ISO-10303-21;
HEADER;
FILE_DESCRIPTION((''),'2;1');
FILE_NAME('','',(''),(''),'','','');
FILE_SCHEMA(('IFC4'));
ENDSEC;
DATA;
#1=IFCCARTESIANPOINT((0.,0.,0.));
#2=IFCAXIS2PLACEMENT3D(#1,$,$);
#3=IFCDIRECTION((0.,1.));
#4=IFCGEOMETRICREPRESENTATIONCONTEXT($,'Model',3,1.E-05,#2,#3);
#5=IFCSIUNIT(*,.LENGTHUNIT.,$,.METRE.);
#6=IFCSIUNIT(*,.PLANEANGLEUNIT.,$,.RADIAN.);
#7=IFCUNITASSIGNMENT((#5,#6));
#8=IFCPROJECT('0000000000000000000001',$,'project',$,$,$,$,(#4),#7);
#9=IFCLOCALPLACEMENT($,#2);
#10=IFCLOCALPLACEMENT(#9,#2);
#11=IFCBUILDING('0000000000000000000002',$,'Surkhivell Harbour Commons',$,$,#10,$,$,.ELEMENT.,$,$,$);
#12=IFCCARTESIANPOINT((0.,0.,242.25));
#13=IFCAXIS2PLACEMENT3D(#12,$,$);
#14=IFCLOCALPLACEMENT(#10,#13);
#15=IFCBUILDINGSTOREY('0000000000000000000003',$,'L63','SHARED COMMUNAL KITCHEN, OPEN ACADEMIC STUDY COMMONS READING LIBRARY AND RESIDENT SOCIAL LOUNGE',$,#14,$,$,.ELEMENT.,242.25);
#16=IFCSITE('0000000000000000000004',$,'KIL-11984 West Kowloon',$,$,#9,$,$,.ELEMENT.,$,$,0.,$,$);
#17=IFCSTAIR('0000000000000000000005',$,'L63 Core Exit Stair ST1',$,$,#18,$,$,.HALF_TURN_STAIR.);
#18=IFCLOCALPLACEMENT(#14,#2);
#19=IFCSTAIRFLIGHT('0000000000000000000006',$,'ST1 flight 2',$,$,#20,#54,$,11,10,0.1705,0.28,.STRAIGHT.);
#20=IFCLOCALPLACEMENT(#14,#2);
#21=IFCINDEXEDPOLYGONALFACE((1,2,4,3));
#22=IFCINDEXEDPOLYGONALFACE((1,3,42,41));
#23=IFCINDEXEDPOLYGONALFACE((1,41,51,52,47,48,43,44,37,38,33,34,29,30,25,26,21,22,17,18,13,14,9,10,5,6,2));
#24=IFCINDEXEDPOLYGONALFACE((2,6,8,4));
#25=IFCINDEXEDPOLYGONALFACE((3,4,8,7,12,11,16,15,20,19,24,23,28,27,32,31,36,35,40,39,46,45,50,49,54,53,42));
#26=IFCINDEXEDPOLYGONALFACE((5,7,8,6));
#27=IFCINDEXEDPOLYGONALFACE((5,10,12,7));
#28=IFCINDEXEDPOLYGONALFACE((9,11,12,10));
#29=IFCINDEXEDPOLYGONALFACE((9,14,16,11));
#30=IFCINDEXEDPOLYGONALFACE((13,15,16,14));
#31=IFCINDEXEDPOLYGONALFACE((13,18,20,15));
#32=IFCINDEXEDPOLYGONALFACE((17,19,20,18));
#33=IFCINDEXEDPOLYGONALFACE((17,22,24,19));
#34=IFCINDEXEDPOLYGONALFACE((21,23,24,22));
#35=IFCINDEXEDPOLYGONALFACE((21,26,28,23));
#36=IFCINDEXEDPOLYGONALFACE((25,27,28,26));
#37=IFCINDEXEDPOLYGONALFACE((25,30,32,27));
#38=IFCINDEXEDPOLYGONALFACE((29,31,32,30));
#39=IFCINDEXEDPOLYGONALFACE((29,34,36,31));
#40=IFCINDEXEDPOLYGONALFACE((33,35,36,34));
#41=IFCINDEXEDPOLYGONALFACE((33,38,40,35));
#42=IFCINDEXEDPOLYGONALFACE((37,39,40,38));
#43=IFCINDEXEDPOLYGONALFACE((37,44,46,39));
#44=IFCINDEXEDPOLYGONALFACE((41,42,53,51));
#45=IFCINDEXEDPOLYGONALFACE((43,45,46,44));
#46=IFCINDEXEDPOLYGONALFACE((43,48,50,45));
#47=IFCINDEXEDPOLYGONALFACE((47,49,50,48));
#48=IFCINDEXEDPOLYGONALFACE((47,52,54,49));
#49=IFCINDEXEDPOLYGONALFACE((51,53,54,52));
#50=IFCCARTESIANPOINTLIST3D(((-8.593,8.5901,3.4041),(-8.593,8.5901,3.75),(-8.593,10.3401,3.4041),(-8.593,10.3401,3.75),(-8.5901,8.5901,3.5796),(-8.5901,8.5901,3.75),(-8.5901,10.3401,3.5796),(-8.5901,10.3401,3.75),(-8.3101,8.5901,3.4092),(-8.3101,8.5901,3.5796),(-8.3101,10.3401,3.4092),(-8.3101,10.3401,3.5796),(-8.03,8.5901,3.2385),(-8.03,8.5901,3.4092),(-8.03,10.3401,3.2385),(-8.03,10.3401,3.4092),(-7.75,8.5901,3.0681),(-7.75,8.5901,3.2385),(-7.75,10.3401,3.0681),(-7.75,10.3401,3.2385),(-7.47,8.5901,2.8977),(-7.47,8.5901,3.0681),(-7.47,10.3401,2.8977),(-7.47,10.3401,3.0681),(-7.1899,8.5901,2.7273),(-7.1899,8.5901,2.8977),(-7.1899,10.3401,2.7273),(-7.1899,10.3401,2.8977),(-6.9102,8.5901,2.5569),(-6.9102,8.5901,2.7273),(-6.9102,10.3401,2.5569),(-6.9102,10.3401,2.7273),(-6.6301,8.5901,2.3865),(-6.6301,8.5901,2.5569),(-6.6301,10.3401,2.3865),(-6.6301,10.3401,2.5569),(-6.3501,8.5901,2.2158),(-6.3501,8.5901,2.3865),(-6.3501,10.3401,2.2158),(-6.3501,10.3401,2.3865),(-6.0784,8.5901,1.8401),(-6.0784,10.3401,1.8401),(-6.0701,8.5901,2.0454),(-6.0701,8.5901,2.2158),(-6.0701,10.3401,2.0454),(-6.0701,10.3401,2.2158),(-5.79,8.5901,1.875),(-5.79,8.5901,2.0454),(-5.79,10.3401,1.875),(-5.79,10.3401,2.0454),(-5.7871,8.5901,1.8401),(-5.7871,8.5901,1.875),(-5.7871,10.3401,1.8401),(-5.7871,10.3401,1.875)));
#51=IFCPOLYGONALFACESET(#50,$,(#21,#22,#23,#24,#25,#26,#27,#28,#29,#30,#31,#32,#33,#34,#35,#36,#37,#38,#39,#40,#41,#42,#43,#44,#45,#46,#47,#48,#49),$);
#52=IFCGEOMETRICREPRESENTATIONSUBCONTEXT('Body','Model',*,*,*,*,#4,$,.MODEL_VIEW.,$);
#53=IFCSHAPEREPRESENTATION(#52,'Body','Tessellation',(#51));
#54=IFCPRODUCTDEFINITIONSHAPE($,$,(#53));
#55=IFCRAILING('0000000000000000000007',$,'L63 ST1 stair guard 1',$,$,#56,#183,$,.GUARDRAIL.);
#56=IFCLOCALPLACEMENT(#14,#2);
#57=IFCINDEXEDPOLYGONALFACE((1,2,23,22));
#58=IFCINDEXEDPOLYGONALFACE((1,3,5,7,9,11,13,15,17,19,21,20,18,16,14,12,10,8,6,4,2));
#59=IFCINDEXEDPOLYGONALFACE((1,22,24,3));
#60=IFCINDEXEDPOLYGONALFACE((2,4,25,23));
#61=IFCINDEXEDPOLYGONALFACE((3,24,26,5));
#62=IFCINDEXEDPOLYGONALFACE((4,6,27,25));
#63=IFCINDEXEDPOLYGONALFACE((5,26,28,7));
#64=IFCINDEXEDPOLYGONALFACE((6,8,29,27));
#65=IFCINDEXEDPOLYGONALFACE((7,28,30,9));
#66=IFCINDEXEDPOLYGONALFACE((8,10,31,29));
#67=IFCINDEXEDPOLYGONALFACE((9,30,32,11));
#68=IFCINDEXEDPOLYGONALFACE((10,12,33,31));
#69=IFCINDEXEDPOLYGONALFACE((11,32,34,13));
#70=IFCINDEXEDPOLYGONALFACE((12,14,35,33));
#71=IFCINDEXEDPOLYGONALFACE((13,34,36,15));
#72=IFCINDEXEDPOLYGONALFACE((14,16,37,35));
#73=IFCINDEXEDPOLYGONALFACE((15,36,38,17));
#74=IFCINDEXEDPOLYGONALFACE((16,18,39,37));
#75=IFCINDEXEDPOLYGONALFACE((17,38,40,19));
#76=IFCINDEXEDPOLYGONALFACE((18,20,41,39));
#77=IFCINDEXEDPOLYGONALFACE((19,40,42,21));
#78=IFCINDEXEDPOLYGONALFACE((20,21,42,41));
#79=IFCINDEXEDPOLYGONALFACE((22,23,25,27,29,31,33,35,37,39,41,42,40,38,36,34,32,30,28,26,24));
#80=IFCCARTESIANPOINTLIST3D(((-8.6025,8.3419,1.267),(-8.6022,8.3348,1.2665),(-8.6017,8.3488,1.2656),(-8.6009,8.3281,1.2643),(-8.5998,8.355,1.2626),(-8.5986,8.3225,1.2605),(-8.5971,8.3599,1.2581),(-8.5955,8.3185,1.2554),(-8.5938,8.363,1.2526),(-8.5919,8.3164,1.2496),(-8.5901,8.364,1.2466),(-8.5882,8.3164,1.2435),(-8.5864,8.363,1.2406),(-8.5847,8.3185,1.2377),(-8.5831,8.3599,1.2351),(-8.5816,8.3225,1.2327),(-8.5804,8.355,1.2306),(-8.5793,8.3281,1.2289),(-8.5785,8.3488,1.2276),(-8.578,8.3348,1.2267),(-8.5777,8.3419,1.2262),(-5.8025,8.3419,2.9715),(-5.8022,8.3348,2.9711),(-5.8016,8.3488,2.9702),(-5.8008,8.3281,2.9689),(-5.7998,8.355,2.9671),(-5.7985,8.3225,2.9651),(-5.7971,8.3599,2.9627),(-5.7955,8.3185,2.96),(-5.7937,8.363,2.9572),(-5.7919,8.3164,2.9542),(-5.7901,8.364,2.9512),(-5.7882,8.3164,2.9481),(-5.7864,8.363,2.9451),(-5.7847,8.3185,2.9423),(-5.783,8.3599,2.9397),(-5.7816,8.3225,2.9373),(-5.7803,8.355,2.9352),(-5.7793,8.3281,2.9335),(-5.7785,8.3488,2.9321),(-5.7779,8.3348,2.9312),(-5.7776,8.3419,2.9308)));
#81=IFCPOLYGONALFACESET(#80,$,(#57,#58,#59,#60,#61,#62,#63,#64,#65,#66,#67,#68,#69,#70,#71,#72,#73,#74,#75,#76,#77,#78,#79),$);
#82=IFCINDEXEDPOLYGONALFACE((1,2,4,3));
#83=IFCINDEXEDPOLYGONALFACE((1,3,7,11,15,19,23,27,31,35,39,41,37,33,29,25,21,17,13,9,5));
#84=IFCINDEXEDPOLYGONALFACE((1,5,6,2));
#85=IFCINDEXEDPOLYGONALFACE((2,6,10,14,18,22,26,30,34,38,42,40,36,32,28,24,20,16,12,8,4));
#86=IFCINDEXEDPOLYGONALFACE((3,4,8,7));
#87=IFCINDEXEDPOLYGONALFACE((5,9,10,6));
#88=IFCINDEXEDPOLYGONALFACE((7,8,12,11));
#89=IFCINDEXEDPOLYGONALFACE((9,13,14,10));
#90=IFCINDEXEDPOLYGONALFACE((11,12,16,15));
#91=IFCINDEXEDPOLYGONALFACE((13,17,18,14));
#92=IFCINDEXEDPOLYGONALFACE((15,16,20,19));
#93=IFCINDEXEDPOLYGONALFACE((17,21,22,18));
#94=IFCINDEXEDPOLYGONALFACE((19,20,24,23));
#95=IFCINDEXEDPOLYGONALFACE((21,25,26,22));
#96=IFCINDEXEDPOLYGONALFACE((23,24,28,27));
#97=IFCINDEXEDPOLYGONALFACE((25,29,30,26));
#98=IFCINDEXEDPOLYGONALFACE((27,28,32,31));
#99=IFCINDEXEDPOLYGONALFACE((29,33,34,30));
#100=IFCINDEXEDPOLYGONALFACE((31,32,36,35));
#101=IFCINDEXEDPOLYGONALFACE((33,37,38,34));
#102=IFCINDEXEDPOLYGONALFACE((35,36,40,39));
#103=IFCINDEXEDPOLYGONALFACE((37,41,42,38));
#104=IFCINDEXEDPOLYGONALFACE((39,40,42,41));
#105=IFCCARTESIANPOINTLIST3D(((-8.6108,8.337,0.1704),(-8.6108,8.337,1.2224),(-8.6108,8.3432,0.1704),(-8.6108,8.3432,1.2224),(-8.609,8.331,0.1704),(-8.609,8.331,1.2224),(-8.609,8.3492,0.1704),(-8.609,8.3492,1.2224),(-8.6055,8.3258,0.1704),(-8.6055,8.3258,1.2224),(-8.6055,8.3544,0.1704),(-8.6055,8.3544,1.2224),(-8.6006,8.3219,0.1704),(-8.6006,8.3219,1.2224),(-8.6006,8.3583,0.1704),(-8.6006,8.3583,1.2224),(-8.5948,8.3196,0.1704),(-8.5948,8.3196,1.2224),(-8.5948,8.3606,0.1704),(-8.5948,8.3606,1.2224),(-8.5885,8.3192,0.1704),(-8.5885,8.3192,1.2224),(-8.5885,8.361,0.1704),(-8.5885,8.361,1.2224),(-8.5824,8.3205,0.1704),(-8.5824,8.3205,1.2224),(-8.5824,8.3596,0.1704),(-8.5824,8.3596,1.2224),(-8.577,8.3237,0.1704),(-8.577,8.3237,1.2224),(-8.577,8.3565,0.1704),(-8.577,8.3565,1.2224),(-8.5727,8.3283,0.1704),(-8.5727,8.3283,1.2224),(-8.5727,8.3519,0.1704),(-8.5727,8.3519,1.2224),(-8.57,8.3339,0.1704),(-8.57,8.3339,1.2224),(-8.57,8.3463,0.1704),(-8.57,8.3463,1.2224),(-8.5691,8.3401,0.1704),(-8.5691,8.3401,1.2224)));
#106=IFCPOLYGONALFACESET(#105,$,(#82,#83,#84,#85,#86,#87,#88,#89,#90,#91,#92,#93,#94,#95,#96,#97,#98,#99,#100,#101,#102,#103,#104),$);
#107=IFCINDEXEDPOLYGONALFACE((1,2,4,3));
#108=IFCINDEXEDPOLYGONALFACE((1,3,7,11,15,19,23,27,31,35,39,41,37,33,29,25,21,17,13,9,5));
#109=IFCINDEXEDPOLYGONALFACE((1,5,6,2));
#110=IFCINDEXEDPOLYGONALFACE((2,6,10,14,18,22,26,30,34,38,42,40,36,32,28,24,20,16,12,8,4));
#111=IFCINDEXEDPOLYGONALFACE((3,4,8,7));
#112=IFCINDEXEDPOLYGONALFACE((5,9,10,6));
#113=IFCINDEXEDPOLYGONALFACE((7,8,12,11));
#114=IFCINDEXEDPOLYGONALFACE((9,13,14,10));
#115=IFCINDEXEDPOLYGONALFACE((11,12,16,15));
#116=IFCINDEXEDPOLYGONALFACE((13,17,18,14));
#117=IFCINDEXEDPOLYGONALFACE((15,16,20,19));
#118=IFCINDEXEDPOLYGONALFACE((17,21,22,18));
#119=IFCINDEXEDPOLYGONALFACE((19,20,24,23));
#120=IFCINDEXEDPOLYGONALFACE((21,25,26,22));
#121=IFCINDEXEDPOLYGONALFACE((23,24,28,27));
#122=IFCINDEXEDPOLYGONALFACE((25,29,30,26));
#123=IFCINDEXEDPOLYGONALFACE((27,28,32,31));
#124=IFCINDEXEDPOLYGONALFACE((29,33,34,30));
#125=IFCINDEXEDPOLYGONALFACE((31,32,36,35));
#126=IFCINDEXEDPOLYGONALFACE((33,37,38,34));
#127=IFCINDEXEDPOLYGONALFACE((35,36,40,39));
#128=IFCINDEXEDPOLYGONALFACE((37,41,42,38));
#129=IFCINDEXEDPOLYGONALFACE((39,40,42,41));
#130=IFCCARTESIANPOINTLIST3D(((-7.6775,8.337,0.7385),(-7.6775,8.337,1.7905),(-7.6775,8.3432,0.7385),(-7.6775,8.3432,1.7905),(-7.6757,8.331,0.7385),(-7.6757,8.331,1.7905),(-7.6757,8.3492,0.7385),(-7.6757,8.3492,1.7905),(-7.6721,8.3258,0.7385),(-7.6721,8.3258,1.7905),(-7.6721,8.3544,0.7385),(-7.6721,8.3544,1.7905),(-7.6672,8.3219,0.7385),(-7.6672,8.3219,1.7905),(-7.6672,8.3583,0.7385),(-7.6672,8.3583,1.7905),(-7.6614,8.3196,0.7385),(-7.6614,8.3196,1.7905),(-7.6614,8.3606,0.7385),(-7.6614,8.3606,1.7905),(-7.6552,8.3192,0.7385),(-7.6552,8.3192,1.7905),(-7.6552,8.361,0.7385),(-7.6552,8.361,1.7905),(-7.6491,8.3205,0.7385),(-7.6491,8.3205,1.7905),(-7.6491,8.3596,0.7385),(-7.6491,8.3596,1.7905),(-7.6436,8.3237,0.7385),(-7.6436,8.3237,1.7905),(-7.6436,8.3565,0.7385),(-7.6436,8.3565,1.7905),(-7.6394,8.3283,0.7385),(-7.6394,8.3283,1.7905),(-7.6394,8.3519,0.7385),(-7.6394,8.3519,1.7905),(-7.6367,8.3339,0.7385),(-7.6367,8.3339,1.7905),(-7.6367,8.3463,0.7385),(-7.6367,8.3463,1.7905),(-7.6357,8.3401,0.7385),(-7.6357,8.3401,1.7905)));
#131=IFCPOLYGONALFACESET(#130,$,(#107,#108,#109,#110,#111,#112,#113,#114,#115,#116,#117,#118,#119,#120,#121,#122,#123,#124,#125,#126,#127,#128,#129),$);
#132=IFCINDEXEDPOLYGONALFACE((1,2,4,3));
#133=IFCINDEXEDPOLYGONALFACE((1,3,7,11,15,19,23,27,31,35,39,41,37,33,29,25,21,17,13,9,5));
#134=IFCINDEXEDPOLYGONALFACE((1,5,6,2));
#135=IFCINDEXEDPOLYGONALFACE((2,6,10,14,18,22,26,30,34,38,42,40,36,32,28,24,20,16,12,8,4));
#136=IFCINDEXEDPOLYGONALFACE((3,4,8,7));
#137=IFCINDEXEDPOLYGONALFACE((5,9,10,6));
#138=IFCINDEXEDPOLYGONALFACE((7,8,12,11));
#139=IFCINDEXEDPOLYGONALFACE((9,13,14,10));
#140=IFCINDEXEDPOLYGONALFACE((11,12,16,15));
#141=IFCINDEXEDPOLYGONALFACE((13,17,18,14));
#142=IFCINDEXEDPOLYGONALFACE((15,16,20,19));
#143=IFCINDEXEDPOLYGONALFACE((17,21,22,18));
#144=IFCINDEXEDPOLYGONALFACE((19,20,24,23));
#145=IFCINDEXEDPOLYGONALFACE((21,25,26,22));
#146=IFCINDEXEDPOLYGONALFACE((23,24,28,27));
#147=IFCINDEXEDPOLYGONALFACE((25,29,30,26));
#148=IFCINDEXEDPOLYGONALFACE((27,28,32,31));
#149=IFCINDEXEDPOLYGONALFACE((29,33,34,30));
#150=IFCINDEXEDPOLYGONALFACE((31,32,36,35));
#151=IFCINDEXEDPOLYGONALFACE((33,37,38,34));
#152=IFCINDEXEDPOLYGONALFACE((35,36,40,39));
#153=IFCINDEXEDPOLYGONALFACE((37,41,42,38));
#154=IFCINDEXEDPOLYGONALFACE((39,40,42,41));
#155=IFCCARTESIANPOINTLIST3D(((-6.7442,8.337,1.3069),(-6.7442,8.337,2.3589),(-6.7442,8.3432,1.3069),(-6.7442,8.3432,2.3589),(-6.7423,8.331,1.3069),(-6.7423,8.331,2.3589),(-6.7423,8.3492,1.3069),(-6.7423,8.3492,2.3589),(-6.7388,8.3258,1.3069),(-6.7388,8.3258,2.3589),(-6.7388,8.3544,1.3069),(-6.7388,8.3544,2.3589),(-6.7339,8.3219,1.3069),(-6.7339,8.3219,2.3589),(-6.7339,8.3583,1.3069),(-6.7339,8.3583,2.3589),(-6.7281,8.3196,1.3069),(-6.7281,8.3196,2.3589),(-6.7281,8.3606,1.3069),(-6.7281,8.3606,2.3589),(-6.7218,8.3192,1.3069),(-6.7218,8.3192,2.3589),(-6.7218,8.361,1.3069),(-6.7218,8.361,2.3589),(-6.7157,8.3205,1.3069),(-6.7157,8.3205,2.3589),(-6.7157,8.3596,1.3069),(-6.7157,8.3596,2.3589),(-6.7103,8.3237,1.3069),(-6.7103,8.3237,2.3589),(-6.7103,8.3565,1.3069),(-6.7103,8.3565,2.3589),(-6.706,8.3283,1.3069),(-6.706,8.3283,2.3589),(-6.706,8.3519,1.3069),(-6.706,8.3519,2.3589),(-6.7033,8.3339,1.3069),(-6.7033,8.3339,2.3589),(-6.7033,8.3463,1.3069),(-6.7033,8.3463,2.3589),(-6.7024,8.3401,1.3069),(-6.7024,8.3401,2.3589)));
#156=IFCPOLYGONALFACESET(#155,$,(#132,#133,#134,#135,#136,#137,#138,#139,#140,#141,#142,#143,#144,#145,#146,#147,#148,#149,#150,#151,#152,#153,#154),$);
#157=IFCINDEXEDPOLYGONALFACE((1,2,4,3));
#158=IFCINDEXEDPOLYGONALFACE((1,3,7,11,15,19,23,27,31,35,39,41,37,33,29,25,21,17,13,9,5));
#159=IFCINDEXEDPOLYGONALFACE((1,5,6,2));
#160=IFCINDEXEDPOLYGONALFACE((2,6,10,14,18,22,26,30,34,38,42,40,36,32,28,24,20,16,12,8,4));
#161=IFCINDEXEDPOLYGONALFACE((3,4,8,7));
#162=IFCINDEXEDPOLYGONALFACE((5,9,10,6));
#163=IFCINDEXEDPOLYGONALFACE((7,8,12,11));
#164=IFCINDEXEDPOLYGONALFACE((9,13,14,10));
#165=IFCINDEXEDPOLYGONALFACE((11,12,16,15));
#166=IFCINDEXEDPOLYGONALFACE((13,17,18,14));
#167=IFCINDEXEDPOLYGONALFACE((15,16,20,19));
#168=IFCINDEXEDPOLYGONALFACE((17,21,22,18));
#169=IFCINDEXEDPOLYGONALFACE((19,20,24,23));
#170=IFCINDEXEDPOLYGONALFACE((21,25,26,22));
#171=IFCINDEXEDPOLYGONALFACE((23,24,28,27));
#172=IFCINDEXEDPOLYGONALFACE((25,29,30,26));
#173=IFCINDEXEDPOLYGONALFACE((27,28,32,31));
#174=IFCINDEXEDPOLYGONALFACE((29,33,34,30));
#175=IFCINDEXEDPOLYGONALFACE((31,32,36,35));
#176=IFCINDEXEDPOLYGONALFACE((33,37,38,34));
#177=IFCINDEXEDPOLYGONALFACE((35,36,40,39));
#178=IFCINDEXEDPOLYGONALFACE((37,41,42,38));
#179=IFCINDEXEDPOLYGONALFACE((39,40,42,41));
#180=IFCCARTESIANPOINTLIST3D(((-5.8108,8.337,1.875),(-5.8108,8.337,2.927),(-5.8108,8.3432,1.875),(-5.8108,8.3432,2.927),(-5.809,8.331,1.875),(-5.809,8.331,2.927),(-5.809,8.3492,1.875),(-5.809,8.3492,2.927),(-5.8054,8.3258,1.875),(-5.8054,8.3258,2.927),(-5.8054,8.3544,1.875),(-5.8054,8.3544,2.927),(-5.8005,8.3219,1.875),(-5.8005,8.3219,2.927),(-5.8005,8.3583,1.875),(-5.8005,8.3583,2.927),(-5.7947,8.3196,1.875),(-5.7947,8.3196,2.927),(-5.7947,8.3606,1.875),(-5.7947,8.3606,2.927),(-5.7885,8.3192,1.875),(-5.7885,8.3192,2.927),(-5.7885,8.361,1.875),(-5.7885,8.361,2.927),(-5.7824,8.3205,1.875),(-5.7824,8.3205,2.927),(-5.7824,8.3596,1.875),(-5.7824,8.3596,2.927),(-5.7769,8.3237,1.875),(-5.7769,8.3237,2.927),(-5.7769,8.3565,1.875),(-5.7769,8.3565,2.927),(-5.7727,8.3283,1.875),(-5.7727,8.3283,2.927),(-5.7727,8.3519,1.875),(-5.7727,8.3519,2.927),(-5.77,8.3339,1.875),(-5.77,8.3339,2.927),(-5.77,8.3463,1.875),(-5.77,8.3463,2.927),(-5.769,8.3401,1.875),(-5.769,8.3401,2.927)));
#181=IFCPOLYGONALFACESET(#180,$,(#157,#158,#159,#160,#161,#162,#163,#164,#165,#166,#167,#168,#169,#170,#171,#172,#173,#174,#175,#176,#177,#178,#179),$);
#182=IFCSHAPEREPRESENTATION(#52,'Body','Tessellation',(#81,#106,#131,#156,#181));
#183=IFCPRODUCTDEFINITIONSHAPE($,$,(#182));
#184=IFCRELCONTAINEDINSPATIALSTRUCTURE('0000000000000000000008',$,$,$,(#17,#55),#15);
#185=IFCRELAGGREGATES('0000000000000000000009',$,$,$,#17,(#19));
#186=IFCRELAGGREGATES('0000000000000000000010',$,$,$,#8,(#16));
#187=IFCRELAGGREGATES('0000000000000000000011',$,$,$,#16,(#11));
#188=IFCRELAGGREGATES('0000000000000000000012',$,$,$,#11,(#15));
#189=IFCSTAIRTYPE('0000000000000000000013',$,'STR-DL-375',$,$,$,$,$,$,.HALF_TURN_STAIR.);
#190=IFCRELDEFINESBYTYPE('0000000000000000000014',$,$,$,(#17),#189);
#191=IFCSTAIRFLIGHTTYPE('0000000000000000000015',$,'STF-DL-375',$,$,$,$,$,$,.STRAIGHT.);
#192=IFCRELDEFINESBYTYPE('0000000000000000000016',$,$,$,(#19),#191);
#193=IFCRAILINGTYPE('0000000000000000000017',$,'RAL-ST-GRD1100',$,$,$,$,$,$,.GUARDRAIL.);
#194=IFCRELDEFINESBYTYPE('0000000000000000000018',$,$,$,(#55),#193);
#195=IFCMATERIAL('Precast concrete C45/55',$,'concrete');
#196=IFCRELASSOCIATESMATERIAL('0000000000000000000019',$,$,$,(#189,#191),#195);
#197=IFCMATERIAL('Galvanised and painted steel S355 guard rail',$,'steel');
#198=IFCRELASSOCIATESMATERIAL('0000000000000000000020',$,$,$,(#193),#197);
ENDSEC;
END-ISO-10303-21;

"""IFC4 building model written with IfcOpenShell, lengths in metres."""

from ifc_helpers import new_model, si_unit, direction, frame, origin, origin_2d, place, context, subcontext, project, spatial, polyline, circle, outline, extrude, material, type_object, element, aggregate, save


model = new_model("IFC4")

# Units and contexts
model_context = context("Model", 3, precision=1e-05, world=origin(), true_north=direction((0.0, 1.0)))
body_context = subcontext(model_context, "Body", "Model", "MODEL_VIEW")
ifc_project = project(units=[si_unit("LENGTHUNIT", "METRE"), si_unit("PLANEANGLEUNIT", "RADIAN")], contexts=[model_context])

# Site, building, storey
site_placement = place(None, origin())
site = spatial("IfcSite", under=ifc_project, at=site_placement, Name="KIL-11984 West Kowloon", CompositionType="ELEMENT", RefElevation=0.0)
building_placement = place(site_placement, origin())
building = spatial("IfcBuilding", under=site, at=building_placement, Name="Surkhivell Harbour Commons", CompositionType="ELEMENT")
storey_placement = place(building_placement, frame((0.0, 0.0, 242.25)))
storey = spatial("IfcBuildingStorey", under=building, at=storey_placement, Name="L63", Description="SHARED COMMUNAL KITCHEN, OPEN ACADEMIC STUDY COMMONS READING LIBRARY AND RESIDENT SOCIAL LOUNGE", CompositionType="ELEMENT", Elevation=242.25)

# Stair, stair flight
ifc_material_1 = material(Name="Precast concrete C45/55", Category="concrete")
stair_type = type_object("IfcStairType", Name="STR-DL-375", PredefinedType="HALF_TURN_STAIR", material=ifc_material_1)
stair_placement = place(storey_placement, origin())
stair = element("IfcStair", 1, at=stair_placement, inside=storey, type_object=stair_type, Name="L63 Core Exit Stair ST1", PredefinedType="HALF_TURN_STAIR")
stair_flight_type = type_object("IfcStairFlightType", Name="STF-DL-375", PredefinedType="STRAIGHT", material=ifc_material_1)
stair_flight_1_placement = place(storey_placement, frame((-5.79, 9.4651, 1.875), z_axis=(0.0, 0.0, 1.0), x_axis=(-1.0, 0.0, 0.0)))
stair_flight_1 = element("IfcStairFlight", 2, at=stair_flight_1_placement, type_object=stair_flight_type, Name="ST1 flight 2", NumberOfRisers=11, NumberOfTreads=10, PredefinedType="STRAIGHT", RiserHeight=0.1705, TreadLength=0.28, context=body_context, shape_type="SweptSolid", body=[
    extrude(outline(polyline([(-0.0029, -0.0349), (-0.0029, 0.0), (0.0, 0.0), (0.0, 0.1704), (0.28, 0.1704), (0.28, 0.3408), (0.5601, 0.3408), (0.5601, 0.5115), (0.8401, 0.5115), (0.8401, 0.6819), (1.1201, 0.6819), (1.1201, 0.8523), (1.3999, 0.8523), (1.3999, 1.0227), (1.6799, 1.0227), (1.6799, 1.1931), (1.96, 1.1931), (1.96, 1.3635), (2.24, 1.3635), (2.24, 1.5342), (2.52, 1.5342), (2.52, 1.7046), (2.8, 1.7046), (2.8, 1.875), (2.803, 1.875), (2.803, 1.5291), (0.2883, -0.0349), (-0.0029, -0.0349)])), frame((0.0, 0.875, 0.0), z_axis=(0.0, -1.0, 0.0), x_axis=(1.0, 0.0, 0.0)), (0.0, 0.0, 1.0), 1.75),
])
aggregate(stair, [stair_flight_1])

# Railing
ifc_material_2 = material(Name="Galvanised and painted steel S355 guard rail", Category="steel")
railing_type_1 = type_object("IfcRailingType", Name="RAL-ST-GRD1100", PredefinedType="GUARDRAIL", material=ifc_material_2)
railing_1_placement = place(storey_placement, frame((-8.5901, 8.3401, 0.1704)))
element("IfcRailing", 3, at=railing_1_placement, inside=storey, type_object=railing_type_1, Name="L63 ST1 stair guard 1", PredefinedType="GUARDRAIL", context=body_context, shape_type="SweptSolid", body=[
    extrude(circle(Radius=0.0239, at=origin_2d()), frame((0.0, 0.0, 1.0762), z_axis=(0.85417, 0.0, 0.519994), x_axis=(0.0, 1.0, 0.0)), (0.0, 0.0, 1.0), 3.2781),
    extrude(circle(Radius=0.021, at=origin_2d()), origin(), (0.0, 0.0, 1.0), 1.052),
    extrude(circle(Radius=0.021, at=origin_2d()), frame((0.9333, 0.0, 0.5681)), (0.0, 0.0, 1.0), 1.052),
    extrude(circle(Radius=0.021, at=origin_2d()), frame((1.8667, 0.0, 1.1365)), (0.0, 0.0, 1.0), 1.052),
    extrude(circle(Radius=0.021, at=origin_2d()), frame((2.8, 0.0, 1.7046)), (0.0, 0.0, 1.0), 1.052),
])

save(model, "model.ifc")
